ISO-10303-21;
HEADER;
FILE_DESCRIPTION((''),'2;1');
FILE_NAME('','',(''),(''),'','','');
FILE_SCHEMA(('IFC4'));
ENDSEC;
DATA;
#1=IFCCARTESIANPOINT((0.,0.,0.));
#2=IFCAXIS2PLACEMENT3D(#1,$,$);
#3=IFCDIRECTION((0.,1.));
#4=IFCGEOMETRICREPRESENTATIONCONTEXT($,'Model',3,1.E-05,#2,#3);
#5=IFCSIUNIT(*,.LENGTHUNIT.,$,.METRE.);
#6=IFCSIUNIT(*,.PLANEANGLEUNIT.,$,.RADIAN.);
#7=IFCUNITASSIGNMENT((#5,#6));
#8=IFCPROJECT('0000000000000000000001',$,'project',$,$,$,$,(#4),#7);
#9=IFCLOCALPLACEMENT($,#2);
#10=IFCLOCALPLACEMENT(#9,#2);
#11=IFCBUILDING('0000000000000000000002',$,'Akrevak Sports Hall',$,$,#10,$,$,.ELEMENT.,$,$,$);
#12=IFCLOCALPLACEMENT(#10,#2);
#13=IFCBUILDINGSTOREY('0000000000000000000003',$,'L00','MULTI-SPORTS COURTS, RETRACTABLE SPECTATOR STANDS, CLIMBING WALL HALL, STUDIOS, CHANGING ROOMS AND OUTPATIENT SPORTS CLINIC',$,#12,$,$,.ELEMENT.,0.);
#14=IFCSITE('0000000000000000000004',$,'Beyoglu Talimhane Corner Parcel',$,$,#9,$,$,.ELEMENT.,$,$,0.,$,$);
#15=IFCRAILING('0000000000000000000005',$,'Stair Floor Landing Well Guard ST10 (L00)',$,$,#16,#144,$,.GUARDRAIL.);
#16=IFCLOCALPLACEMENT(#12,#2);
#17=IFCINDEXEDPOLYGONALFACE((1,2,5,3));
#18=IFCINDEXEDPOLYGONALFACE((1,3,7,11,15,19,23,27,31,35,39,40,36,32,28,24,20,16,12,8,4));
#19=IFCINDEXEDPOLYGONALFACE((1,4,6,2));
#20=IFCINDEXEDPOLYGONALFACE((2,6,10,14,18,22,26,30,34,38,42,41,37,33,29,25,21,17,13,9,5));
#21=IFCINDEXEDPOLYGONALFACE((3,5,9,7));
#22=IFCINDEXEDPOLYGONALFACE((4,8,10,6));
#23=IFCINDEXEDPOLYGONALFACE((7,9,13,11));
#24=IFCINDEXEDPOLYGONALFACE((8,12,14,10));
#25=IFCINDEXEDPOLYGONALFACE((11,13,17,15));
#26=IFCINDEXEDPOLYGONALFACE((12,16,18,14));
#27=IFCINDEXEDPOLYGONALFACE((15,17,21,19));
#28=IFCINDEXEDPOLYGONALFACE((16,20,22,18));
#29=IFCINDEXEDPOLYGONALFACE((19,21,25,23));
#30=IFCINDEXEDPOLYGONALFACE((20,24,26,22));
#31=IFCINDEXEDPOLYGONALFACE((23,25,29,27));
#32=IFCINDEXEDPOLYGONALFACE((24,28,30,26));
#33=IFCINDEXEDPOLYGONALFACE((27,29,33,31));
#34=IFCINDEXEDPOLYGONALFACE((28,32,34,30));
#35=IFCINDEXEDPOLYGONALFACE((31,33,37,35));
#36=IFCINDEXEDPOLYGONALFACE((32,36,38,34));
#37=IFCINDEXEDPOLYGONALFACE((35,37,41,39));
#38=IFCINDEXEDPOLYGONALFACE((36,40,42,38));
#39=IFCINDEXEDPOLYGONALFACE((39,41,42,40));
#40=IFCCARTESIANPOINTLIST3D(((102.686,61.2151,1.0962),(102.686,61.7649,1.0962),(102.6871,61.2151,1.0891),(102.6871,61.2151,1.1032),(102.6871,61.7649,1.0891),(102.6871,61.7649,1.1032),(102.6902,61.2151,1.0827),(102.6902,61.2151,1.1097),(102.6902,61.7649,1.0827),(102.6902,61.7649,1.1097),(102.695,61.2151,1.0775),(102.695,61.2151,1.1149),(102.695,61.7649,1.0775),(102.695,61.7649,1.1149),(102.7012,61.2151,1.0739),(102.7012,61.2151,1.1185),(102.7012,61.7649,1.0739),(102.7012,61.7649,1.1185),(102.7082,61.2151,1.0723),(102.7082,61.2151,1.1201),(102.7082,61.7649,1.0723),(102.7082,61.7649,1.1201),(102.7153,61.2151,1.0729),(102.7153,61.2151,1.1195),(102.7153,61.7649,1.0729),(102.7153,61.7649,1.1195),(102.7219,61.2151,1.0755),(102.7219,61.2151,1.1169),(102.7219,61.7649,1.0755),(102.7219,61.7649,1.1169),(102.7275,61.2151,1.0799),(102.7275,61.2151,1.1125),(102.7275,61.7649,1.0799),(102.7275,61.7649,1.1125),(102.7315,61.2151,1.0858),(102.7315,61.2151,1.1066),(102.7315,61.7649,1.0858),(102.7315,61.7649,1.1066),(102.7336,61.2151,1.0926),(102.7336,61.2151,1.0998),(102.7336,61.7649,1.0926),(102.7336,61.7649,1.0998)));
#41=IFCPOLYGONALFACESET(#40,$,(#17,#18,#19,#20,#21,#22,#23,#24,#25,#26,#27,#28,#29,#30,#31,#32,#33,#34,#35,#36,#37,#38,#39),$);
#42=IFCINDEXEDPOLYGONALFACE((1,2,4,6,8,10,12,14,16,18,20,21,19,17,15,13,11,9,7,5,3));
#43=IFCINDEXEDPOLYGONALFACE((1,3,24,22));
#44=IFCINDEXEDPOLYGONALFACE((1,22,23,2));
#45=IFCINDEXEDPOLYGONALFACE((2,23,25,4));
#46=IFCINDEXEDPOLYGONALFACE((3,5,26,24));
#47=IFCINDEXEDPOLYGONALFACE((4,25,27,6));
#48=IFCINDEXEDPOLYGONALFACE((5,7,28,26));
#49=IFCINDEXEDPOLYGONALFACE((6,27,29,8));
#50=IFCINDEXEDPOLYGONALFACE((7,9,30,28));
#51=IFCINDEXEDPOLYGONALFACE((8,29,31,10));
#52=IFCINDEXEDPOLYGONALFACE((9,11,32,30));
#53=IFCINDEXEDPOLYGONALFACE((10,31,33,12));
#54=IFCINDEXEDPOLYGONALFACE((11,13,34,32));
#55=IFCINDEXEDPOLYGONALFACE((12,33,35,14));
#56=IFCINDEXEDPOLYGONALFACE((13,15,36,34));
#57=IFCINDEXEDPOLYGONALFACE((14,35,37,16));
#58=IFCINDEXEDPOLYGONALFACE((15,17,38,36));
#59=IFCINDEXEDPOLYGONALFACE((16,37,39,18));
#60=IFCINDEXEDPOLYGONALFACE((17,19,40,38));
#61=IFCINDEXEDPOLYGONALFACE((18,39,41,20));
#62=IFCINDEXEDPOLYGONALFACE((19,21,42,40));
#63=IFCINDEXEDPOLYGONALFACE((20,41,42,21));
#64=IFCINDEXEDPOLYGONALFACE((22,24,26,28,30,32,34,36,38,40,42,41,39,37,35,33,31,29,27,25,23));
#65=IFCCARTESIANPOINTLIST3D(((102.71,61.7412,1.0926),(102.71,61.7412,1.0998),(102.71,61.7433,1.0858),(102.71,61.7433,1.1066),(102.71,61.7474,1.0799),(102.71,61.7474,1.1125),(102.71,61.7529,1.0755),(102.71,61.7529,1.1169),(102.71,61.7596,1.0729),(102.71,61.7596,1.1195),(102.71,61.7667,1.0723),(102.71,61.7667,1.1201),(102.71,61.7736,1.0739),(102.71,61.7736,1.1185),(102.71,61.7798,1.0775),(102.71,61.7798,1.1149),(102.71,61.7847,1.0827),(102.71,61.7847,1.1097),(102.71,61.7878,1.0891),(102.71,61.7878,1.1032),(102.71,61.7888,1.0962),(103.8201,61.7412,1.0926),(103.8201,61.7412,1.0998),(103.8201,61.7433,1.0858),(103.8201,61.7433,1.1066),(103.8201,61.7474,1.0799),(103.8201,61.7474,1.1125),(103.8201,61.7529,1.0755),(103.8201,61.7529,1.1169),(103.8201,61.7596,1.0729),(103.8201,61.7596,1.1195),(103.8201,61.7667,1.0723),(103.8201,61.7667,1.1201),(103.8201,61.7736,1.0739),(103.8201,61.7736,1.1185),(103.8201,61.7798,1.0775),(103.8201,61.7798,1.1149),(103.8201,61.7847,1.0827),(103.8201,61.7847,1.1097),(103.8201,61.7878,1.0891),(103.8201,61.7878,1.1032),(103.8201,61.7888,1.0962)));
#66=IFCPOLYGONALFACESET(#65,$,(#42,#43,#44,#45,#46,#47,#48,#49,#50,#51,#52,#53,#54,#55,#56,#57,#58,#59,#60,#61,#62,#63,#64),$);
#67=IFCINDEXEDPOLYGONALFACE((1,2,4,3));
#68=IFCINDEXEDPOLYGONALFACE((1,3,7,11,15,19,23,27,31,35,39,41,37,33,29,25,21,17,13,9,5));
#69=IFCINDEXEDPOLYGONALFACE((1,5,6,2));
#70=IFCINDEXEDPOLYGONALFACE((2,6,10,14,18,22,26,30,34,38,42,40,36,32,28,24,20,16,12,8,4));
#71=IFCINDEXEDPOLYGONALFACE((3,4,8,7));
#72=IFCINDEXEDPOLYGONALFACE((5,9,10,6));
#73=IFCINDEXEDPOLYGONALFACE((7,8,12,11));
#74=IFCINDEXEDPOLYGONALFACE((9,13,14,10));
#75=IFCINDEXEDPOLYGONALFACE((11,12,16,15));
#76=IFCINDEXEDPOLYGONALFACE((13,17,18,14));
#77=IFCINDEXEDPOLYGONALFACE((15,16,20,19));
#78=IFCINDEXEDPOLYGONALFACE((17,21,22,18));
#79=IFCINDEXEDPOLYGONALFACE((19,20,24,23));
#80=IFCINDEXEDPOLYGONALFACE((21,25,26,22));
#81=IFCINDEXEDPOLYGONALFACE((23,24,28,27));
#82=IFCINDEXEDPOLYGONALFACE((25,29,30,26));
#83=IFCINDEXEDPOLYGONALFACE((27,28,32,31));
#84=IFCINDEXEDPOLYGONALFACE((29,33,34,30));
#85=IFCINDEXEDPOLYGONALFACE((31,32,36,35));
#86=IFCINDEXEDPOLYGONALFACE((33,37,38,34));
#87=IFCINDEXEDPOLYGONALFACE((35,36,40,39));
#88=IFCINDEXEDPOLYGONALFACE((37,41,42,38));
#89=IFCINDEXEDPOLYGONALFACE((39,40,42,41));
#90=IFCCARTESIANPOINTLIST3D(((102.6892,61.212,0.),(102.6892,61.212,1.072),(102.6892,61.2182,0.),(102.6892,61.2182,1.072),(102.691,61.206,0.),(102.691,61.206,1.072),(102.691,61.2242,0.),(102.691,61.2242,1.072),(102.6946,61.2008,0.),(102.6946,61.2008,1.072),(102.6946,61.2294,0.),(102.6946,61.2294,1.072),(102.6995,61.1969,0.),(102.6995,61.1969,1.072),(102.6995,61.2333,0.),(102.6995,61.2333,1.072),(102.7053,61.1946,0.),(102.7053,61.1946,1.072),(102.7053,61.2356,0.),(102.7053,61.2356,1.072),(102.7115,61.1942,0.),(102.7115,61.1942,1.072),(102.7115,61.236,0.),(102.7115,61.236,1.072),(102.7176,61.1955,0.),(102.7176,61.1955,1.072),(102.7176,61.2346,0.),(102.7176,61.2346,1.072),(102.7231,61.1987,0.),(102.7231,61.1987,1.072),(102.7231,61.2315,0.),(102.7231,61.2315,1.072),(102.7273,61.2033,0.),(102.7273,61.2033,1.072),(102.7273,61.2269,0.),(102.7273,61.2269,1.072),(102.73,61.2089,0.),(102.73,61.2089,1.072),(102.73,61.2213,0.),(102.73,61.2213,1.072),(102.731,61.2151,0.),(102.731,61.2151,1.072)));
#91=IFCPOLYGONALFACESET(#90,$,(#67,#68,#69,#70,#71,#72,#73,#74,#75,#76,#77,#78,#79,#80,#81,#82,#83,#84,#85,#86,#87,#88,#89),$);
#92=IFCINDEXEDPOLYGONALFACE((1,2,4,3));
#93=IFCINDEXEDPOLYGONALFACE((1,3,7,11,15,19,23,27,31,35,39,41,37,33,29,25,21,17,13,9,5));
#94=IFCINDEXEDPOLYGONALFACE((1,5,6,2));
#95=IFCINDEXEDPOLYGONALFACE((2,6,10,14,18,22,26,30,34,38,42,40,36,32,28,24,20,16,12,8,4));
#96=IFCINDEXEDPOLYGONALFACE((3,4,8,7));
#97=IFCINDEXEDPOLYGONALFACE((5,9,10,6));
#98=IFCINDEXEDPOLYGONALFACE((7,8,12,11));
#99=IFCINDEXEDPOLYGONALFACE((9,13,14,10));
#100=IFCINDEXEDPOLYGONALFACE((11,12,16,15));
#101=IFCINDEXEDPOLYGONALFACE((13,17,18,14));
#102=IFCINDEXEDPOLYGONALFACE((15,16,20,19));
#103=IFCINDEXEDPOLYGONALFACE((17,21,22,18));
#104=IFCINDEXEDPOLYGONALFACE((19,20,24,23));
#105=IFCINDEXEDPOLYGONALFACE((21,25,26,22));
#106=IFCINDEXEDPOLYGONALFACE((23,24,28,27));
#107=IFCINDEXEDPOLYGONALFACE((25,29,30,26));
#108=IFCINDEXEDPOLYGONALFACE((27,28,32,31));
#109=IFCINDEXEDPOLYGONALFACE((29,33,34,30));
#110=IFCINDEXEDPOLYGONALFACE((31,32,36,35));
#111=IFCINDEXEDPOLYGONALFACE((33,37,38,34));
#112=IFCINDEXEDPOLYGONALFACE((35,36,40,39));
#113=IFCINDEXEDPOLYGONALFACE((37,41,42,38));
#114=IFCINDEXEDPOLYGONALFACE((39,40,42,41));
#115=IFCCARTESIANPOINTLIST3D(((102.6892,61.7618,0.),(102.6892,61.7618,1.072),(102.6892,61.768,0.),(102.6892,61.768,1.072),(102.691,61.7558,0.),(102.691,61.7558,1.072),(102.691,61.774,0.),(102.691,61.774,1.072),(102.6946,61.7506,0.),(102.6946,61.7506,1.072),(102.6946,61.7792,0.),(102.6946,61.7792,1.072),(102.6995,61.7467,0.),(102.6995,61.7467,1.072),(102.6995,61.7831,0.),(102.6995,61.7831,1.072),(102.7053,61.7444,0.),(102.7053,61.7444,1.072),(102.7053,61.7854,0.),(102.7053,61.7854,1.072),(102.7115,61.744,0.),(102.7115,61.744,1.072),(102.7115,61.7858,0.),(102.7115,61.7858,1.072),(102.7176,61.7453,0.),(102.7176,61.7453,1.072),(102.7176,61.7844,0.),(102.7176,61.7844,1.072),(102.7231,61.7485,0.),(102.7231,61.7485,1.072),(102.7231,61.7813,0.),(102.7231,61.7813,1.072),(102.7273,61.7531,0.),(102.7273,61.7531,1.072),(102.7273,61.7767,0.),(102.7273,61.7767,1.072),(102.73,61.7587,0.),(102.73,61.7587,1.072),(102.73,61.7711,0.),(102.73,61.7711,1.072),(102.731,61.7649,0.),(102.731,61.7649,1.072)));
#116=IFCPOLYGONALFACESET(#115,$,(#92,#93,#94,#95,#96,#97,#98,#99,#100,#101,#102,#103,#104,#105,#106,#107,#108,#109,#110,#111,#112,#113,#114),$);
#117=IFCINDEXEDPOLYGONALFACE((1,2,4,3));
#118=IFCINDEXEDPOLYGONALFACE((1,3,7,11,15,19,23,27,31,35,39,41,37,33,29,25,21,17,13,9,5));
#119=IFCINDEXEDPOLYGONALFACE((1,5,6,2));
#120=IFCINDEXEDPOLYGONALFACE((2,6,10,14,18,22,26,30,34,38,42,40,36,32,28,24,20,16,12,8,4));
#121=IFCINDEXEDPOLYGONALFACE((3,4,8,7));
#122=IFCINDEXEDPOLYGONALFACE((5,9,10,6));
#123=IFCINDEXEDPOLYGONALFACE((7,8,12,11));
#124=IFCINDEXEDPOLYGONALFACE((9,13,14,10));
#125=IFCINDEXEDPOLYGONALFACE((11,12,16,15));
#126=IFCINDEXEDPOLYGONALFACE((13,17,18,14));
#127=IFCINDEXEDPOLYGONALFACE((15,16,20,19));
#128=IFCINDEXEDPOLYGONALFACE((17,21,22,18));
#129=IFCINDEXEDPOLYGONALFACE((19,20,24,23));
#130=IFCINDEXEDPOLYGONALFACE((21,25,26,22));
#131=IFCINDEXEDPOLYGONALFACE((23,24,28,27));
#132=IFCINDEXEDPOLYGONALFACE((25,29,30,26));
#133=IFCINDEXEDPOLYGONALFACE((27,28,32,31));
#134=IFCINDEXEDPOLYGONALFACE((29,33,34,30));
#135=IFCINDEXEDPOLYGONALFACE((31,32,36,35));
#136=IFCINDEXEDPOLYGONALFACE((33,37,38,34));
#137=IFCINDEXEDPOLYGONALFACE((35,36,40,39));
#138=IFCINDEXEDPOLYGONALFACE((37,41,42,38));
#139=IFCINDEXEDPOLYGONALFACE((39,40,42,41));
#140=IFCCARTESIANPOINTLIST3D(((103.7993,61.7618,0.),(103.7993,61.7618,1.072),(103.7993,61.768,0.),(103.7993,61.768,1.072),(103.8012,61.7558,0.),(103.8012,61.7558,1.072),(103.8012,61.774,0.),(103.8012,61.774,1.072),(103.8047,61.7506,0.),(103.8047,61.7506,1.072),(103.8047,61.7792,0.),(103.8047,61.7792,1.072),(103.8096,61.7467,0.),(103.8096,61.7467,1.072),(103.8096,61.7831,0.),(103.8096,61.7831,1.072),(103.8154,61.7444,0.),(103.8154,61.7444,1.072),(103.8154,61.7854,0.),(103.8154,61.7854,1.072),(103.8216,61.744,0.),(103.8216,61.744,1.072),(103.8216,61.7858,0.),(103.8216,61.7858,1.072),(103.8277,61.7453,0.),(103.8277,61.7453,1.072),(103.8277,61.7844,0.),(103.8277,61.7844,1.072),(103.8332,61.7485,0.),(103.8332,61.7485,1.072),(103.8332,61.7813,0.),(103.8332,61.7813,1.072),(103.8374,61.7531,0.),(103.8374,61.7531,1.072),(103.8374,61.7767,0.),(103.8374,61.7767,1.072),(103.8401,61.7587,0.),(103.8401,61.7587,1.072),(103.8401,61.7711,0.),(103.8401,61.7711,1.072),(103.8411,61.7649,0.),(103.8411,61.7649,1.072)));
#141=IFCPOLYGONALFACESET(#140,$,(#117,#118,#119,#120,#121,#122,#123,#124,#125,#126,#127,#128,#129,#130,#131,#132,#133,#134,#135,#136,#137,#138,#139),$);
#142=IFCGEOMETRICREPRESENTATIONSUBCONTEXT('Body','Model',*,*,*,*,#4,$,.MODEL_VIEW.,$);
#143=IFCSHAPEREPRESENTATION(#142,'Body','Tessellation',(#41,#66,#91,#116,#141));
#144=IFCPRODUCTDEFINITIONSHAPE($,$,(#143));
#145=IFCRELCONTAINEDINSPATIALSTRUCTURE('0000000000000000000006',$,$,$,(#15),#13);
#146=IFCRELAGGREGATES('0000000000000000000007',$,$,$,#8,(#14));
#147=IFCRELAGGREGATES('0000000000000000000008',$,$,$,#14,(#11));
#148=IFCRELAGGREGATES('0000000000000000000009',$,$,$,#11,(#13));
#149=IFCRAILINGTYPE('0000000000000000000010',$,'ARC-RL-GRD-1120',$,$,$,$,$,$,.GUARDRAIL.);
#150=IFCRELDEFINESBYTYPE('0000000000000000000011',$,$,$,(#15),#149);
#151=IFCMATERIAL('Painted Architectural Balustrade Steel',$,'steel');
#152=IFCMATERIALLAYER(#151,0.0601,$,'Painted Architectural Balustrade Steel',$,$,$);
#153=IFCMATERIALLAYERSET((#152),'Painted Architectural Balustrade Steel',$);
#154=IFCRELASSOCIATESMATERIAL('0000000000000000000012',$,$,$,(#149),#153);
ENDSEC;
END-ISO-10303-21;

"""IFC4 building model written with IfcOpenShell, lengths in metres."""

from ifc_helpers import new_model, si_unit, direction, frame, origin, origin_2d, place, context, subcontext, project, spatial, circle, extrude, material, layer, layer_set, type_object, element, save


model = new_model("IFC4")

# Units and contexts
model_context = context("Model", 3, precision=1e-05, world=origin(), true_north=direction((0.0, 1.0)))
body_context = subcontext(model_context, "Body", "Model", "MODEL_VIEW")
ifc_project = project(units=[si_unit("LENGTHUNIT", "METRE"), si_unit("PLANEANGLEUNIT", "RADIAN")], contexts=[model_context])

# Site, building, storey
site_placement = place(None, origin())
site = spatial("IfcSite", under=ifc_project, at=site_placement, Name="Beyoglu Talimhane Corner Parcel", CompositionType="ELEMENT", RefElevation=0.0)
building_placement = place(site_placement, origin())
building = spatial("IfcBuilding", under=site, at=building_placement, Name="Akrevak Sports Hall", CompositionType="ELEMENT")
storey_placement = place(building_placement, origin())
storey = spatial("IfcBuildingStorey", under=building, at=storey_placement, Name="L00", Description="MULTI-SPORTS COURTS, RETRACTABLE SPECTATOR STANDS, CLIMBING WALL HALL, STUDIOS, CHANGING ROOMS AND OUTPATIENT SPORTS CLINIC", CompositionType="ELEMENT", Elevation=0.0)

# Railing
ifc_material_1 = material(Name="Painted Architectural Balustrade Steel", Category="steel")
ifc_layer_1 = layer(ifc_material_1, 0.0601, Name="Painted Architectural Balustrade Steel")
ifc_layer_set_1 = layer_set([ifc_layer_1], Name="Painted Architectural Balustrade Steel")
railing_type_1 = type_object("IfcRailingType", Name="ARC-RL-GRD-1120", PredefinedType="GUARDRAIL", material=ifc_layer_set_1)
railing_1_placement = place(storey_placement, frame((102.71, 61.2151, 0.0)))
element("IfcRailing", 1, at=railing_1_placement, inside=storey, type_object=railing_type_1, Name="Stair Floor Landing Well Guard ST10 (L00)", PredefinedType="GUARDRAIL", context=body_context, shape_type="SweptSolid", body=[
    extrude(circle(Radius=0.0239, at=origin_2d()), frame((0.0, 0.0, 1.0962), z_axis=(0.0, 1.0, 0.0), x_axis=(-1.0, 0.0, 0.0)), (0.0, 0.0, 1.0), 0.5498),
    extrude(circle(Radius=0.0239, at=origin_2d()), frame((0.0, 0.5498, 1.0962), z_axis=(1.0, 0.0, 0.0), x_axis=(0.0, 1.0, 0.0)), (0.0, 0.0, 1.0), 1.1101),
    extrude(circle(Radius=0.021, at=origin_2d()), origin(), (0.0, 0.0, 1.0), 1.072),
    extrude(circle(Radius=0.021, at=origin_2d()), frame((0.0, 0.5498, 0.0)), (0.0, 0.0, 1.0), 1.072),
    extrude(circle(Radius=0.021, at=origin_2d()), frame((1.1101, 0.5498, 0.0)), (0.0, 0.0, 1.0), 1.072),
])

save(model, "model.ifc")
